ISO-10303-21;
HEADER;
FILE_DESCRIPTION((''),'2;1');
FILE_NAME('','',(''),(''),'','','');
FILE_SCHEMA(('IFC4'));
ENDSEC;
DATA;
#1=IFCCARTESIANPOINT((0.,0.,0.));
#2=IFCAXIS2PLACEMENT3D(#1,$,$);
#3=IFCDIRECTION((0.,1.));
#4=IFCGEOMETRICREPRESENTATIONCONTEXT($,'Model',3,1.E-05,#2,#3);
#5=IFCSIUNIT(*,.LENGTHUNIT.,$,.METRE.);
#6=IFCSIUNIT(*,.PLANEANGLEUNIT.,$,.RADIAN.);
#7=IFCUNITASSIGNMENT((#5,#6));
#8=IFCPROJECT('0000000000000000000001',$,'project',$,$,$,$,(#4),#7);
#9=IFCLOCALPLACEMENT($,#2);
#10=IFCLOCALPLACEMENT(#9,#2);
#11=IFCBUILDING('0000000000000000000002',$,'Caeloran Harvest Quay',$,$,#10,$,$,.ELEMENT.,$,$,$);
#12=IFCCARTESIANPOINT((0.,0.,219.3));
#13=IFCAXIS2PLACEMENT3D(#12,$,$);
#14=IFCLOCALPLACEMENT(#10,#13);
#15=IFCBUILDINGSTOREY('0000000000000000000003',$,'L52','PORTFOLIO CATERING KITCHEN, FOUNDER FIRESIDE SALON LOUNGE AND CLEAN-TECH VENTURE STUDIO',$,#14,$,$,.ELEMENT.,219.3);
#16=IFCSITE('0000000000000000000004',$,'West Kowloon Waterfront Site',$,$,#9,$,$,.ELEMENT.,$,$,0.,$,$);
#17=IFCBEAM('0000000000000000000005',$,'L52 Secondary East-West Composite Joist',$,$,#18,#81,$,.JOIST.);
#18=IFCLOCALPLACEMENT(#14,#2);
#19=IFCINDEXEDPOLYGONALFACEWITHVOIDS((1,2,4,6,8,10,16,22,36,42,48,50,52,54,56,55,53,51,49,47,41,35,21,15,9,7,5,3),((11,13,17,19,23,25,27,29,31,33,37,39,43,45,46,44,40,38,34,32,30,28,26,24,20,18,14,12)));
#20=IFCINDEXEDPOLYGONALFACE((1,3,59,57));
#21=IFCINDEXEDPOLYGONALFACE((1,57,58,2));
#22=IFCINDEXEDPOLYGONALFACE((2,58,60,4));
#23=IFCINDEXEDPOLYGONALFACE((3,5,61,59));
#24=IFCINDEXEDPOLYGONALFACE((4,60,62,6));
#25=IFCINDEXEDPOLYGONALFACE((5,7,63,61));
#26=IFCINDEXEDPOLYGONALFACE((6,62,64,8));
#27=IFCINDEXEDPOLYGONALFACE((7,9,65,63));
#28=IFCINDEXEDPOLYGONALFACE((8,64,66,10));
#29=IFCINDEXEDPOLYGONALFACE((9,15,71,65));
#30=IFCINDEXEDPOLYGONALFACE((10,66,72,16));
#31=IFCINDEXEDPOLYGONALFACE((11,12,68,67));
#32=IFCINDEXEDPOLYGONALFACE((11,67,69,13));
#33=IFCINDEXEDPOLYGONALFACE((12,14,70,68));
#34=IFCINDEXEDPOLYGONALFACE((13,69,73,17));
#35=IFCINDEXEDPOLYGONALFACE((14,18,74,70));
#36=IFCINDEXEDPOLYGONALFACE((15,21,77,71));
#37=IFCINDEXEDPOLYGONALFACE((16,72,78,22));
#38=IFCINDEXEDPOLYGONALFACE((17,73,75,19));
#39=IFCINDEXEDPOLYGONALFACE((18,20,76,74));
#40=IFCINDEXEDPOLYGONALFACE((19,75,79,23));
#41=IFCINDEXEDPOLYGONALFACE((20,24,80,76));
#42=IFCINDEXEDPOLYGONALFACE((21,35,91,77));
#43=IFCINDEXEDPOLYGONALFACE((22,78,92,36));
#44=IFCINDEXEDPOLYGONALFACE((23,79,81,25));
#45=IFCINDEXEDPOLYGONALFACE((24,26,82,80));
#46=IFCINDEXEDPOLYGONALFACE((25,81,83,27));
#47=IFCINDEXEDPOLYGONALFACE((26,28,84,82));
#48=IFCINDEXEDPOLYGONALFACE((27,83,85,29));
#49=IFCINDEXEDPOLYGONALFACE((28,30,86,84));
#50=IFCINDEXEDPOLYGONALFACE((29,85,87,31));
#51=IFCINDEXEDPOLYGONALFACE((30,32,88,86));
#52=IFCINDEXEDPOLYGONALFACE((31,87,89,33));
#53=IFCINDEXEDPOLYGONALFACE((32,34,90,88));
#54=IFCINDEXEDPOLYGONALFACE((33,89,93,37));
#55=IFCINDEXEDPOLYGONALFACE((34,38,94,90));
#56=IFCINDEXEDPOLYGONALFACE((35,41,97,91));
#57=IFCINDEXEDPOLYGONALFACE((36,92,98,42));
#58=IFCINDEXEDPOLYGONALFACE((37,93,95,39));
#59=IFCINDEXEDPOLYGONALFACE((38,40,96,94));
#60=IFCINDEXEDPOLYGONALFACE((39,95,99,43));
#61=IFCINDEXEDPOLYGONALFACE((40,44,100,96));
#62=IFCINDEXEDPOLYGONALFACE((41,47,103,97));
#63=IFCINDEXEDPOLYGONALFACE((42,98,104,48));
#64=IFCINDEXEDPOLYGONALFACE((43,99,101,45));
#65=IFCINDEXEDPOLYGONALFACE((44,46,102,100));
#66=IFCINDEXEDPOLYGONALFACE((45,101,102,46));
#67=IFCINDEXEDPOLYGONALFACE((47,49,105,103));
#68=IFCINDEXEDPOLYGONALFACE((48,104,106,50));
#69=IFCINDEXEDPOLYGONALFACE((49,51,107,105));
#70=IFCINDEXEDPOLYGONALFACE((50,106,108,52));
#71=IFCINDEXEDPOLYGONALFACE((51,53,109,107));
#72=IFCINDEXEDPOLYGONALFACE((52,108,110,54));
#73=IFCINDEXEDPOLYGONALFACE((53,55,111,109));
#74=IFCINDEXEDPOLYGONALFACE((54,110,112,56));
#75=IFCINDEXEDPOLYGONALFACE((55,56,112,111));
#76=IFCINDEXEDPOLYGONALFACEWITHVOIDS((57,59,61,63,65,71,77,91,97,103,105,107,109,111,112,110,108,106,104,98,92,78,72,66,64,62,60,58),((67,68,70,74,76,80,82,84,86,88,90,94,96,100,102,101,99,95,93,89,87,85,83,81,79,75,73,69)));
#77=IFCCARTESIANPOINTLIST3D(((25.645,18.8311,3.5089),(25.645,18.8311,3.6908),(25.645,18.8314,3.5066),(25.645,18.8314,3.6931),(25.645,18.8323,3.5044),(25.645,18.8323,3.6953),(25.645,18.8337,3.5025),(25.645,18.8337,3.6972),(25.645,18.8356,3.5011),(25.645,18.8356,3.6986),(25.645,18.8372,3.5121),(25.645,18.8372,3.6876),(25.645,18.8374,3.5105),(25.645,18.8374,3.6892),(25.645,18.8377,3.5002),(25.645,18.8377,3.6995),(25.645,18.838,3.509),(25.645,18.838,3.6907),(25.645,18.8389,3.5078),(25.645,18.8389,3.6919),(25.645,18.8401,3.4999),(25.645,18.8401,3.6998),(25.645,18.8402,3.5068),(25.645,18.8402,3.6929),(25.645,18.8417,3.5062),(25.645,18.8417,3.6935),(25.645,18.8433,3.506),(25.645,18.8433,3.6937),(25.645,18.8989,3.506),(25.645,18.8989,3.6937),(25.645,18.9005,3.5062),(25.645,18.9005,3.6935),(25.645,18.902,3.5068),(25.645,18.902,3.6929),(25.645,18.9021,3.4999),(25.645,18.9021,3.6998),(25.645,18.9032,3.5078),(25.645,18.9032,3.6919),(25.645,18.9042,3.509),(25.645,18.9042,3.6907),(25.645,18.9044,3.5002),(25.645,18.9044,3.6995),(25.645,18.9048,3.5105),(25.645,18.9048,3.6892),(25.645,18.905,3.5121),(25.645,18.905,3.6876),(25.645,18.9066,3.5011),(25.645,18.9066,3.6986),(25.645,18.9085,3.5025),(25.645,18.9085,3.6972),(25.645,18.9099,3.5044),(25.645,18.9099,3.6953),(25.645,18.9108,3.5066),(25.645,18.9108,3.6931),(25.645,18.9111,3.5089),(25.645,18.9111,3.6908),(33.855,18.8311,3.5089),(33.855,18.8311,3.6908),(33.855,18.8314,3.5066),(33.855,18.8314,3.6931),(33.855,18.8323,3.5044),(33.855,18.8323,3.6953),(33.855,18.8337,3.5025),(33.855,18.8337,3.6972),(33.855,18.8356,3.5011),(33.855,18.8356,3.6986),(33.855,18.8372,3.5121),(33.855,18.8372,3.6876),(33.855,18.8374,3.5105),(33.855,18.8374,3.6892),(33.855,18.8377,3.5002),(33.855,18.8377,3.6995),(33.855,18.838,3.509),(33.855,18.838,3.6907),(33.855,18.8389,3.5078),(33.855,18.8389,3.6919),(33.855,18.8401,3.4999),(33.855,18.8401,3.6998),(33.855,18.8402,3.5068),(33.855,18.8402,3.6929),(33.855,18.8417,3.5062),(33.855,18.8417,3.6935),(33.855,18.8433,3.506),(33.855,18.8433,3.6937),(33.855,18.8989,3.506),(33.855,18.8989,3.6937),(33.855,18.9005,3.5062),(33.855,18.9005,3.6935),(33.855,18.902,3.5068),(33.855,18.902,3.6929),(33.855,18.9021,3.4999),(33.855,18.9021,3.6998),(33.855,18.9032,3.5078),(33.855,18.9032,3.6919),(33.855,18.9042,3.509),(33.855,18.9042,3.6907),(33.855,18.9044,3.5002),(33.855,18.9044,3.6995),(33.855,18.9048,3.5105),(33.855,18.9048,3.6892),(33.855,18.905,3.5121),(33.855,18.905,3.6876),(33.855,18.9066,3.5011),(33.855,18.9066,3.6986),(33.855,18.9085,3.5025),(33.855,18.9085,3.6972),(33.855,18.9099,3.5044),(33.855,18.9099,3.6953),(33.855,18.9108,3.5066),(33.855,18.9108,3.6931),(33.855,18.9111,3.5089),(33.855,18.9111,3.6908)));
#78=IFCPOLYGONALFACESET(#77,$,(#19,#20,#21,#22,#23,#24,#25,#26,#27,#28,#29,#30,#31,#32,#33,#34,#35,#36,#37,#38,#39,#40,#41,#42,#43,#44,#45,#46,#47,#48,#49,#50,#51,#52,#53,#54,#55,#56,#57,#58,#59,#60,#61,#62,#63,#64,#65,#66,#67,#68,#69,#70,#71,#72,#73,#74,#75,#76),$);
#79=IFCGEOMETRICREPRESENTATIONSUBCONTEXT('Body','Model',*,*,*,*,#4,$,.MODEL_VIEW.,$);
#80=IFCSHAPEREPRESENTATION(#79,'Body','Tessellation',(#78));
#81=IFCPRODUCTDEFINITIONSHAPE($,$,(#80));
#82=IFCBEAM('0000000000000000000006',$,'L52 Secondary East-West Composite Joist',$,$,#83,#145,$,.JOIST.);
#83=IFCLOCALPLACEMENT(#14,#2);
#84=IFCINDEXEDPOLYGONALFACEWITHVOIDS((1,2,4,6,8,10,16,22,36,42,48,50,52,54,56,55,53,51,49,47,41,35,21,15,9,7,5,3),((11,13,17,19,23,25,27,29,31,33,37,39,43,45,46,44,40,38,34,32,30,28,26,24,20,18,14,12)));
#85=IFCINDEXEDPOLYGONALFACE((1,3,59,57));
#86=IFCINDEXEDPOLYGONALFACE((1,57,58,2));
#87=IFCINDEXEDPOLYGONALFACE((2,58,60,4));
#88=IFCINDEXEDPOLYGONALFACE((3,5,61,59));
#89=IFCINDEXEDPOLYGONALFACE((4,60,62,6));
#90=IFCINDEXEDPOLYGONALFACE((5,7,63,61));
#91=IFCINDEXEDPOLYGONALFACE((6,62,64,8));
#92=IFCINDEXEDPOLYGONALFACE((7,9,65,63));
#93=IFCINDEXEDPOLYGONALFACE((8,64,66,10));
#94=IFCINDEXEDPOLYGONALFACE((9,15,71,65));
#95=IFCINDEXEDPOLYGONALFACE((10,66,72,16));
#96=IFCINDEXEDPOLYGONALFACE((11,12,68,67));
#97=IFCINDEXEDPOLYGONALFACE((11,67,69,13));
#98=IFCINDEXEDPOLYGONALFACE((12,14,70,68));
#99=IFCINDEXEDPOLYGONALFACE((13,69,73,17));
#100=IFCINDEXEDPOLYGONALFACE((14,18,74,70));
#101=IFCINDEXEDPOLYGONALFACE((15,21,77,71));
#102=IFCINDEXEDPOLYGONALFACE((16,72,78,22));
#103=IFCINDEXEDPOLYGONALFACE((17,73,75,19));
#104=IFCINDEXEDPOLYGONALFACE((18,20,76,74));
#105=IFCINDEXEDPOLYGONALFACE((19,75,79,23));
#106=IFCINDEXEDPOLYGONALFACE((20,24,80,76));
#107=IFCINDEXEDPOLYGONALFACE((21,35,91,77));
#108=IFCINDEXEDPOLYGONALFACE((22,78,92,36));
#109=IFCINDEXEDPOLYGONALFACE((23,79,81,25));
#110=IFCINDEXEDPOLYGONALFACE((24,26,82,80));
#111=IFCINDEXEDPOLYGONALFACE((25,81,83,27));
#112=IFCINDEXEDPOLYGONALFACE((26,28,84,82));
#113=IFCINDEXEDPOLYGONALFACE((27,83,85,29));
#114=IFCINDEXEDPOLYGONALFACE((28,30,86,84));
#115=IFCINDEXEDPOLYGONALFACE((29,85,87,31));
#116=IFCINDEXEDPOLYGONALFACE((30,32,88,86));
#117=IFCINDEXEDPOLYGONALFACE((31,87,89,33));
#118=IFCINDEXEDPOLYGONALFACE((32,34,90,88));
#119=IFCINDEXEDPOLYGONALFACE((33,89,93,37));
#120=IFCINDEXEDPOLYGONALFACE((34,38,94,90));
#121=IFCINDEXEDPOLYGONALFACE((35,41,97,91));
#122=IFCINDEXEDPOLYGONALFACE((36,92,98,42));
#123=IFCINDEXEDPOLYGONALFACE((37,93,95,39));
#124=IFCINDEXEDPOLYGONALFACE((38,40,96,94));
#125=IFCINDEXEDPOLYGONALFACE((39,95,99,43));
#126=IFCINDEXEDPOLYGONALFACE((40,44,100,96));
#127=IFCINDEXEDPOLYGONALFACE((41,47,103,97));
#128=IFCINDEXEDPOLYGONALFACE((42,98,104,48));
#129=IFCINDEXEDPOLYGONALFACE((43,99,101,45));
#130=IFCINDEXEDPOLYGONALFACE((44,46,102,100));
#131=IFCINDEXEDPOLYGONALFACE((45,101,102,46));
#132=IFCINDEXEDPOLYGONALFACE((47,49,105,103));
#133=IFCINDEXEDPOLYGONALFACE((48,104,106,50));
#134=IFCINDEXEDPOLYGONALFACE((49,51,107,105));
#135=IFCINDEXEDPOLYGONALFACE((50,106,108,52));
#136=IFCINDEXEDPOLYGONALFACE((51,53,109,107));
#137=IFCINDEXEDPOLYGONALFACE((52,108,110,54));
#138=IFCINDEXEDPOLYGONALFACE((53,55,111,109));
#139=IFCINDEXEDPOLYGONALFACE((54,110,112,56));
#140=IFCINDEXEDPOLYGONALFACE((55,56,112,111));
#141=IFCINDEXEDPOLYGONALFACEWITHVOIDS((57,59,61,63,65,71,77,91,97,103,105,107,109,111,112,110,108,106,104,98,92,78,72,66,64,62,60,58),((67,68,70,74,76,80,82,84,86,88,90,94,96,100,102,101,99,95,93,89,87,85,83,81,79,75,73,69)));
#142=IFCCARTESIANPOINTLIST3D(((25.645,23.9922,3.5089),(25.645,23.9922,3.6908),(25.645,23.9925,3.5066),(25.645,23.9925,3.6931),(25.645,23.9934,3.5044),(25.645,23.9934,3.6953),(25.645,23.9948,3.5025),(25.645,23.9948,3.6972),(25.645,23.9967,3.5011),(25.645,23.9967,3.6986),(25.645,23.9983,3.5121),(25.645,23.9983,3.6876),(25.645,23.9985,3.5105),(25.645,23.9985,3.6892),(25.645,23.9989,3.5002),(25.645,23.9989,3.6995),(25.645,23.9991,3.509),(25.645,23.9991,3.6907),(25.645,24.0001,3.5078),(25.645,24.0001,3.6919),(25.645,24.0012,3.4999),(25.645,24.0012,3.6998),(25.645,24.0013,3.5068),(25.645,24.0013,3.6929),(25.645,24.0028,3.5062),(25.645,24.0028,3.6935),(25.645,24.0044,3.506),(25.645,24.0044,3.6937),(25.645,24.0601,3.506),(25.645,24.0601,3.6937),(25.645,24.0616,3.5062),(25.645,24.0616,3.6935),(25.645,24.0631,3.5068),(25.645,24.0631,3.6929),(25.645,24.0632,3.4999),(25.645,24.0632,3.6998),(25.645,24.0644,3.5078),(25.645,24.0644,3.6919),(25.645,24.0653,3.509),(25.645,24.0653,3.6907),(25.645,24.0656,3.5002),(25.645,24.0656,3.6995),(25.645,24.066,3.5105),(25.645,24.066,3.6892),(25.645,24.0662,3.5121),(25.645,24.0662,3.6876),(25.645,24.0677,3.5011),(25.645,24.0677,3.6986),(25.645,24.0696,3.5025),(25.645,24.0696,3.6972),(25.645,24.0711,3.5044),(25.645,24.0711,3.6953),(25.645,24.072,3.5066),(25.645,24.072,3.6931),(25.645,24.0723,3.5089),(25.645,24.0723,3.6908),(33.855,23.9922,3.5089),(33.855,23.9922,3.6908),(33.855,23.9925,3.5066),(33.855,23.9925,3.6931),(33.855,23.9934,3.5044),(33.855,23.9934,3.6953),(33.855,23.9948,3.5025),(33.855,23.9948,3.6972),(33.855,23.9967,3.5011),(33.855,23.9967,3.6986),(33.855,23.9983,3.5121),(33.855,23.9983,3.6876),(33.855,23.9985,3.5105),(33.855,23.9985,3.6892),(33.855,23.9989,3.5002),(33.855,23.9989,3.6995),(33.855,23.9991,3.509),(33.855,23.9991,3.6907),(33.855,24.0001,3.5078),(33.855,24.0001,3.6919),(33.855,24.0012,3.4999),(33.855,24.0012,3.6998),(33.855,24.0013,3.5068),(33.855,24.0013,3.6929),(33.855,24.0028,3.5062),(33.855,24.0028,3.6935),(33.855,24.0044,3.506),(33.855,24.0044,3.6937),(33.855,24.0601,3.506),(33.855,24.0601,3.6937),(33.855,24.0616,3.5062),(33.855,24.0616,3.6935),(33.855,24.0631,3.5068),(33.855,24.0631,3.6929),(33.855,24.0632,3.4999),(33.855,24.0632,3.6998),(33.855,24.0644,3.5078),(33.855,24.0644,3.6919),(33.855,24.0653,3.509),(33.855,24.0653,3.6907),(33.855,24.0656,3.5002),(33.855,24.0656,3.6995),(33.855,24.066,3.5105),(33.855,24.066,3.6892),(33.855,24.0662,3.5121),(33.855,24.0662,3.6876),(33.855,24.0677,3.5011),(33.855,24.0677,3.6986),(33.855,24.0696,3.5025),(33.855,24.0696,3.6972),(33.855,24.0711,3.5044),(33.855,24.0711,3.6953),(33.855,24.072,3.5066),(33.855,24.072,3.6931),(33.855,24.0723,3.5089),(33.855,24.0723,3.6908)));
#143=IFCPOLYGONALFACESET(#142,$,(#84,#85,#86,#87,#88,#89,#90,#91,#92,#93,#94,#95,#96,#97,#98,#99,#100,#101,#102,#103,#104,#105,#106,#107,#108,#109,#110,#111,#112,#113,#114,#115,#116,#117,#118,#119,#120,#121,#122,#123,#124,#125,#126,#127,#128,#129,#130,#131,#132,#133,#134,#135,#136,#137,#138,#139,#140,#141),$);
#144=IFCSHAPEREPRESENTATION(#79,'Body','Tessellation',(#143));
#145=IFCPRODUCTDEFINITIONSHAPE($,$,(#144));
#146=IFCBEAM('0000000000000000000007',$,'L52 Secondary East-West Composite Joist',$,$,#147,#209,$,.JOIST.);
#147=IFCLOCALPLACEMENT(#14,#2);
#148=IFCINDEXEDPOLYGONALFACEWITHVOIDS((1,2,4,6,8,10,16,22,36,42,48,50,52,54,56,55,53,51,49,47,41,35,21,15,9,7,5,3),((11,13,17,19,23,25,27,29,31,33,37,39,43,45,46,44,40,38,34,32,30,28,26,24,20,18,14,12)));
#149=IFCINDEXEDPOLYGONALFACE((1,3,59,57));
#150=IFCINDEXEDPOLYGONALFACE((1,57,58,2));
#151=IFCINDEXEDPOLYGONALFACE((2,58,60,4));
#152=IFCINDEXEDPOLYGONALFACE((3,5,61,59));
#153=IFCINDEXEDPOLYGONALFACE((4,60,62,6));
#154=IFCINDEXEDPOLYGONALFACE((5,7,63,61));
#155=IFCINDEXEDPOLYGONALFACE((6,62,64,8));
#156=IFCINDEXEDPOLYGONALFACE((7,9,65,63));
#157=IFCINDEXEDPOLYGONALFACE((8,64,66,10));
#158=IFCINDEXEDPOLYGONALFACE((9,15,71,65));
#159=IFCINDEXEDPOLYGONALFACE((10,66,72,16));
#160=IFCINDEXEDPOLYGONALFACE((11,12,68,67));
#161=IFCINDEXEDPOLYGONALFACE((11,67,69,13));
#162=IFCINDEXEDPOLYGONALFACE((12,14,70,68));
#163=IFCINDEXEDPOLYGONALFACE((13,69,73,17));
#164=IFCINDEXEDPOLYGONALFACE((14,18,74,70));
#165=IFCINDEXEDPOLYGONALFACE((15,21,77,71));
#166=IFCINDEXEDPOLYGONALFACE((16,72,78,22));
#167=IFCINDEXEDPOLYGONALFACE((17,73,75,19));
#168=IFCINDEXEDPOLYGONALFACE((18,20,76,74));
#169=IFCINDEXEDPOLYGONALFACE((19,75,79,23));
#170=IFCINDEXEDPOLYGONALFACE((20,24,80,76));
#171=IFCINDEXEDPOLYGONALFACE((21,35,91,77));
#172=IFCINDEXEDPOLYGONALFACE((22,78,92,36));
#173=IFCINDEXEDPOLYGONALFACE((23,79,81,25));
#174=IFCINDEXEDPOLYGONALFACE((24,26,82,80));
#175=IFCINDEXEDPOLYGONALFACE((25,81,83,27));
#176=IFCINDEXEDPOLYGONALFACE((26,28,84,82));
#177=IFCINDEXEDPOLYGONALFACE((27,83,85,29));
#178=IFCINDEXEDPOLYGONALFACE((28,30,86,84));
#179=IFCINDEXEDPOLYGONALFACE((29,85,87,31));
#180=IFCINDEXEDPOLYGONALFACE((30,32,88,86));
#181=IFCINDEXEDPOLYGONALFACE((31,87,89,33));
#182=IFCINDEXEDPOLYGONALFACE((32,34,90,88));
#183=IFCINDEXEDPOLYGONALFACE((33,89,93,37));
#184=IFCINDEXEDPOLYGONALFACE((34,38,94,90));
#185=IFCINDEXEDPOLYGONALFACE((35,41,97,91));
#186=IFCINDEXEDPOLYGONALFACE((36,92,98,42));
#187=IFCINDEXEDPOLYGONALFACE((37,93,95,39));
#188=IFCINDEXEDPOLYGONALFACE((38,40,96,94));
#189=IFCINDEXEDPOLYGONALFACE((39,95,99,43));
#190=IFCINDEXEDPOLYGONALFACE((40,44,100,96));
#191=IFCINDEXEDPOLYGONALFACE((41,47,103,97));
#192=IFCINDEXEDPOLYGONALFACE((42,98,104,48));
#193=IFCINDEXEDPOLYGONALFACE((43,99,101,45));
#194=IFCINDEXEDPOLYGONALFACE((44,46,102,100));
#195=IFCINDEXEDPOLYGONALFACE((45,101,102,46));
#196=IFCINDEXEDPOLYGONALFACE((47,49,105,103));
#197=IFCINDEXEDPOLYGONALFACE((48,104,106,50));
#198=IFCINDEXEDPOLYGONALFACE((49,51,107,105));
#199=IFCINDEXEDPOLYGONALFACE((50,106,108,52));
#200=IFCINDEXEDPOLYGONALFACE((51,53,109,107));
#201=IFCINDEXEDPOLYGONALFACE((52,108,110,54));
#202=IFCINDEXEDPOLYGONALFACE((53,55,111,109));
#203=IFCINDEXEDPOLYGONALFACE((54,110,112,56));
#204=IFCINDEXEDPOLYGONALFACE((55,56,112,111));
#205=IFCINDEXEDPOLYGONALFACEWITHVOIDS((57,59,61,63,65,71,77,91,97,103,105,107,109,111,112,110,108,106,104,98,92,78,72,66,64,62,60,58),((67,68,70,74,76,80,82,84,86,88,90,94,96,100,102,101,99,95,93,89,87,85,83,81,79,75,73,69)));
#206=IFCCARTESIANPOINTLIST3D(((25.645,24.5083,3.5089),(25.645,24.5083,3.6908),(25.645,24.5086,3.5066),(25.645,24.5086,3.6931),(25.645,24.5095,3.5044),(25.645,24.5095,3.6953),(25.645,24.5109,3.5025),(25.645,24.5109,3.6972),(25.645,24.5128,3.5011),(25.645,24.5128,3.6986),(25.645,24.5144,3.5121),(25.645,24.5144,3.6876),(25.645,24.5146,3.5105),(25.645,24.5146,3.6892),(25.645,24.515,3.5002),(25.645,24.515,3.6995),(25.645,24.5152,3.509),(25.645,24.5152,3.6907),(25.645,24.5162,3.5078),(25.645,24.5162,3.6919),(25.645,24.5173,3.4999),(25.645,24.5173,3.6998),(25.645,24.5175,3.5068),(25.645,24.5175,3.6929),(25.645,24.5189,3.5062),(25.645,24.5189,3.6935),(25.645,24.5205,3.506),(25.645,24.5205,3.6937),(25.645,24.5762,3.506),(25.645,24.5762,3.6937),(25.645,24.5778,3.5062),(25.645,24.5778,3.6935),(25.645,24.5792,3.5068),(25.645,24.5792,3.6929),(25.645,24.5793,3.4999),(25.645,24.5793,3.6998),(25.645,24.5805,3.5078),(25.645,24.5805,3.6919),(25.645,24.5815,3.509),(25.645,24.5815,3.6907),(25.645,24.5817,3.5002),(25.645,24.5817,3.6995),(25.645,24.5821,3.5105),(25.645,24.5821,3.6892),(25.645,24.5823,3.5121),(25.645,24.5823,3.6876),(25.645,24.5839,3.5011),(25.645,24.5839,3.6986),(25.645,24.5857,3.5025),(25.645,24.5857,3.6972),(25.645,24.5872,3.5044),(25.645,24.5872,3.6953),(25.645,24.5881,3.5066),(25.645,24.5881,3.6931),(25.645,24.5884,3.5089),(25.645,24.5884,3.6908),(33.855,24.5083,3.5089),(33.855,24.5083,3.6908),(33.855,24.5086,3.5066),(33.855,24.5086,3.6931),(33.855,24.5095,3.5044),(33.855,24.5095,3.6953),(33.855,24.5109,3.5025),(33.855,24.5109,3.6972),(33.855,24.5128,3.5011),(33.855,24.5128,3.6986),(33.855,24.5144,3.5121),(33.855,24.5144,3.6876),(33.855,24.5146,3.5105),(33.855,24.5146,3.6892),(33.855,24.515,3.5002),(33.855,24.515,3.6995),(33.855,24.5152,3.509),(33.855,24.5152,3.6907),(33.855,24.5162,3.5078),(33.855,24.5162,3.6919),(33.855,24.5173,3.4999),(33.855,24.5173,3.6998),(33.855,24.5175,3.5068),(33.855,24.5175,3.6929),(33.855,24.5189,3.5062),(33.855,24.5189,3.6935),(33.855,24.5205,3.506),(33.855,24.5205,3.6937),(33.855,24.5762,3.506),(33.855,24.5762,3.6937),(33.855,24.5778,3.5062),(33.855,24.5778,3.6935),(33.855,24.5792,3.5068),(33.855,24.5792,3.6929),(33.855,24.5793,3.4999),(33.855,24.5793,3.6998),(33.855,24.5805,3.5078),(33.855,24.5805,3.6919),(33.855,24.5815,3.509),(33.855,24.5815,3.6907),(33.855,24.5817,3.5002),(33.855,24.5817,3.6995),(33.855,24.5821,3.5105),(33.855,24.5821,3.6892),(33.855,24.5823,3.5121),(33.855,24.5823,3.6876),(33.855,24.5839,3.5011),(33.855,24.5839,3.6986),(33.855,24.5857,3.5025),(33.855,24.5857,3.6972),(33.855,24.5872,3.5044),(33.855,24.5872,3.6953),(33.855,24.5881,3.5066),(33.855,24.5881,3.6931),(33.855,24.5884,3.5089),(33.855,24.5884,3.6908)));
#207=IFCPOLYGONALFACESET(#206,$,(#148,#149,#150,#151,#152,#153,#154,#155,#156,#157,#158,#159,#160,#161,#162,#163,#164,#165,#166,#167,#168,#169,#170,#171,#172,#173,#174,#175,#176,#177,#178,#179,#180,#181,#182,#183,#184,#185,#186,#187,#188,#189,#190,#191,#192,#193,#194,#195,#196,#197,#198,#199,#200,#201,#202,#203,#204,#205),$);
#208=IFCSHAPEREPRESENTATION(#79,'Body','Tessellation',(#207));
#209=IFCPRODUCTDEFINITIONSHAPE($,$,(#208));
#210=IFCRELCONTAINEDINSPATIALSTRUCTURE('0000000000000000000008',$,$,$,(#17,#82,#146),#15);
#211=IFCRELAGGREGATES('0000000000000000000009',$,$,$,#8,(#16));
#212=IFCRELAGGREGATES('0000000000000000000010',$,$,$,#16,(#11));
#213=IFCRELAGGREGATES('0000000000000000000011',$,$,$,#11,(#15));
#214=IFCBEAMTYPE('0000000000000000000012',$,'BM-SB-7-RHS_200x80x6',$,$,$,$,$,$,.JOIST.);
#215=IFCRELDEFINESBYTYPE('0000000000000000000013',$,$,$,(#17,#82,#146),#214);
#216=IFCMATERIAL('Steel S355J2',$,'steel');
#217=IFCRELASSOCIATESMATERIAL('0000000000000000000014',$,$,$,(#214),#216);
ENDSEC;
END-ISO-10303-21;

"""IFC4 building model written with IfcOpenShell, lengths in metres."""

from ifc_helpers import new_model, si_unit, direction, frame, origin, origin_2d, place, context, subcontext, project, spatial, hollow_rectangle, extrude, material, material_profile, profile_set, type_object, element, save


model = new_model("IFC4")

# Units and contexts
model_context = context("Model", 3, precision=1e-05, world=origin(), true_north=direction((0.0, 1.0)))
body_context = subcontext(model_context, "Body", "Model", "MODEL_VIEW")
ifc_project = project(units=[si_unit("LENGTHUNIT", "METRE"), si_unit("PLANEANGLEUNIT", "RADIAN")], contexts=[model_context])

# Site, building, storey
site_placement = place(None, origin())
site = spatial("IfcSite", under=ifc_project, at=site_placement, Name="West Kowloon Waterfront Site", CompositionType="ELEMENT", RefElevation=0.0)
building_placement = place(site_placement, origin())
building = spatial("IfcBuilding", under=site, at=building_placement, Name="Caeloran Harvest Quay", CompositionType="ELEMENT")
storey_placement = place(building_placement, frame((0.0, 0.0, 219.3)))
storey = spatial("IfcBuildingStorey", under=building, at=storey_placement, Name="L52", Description="PORTFOLIO CATERING KITCHEN, FOUNDER FIRESIDE SALON LOUNGE AND CLEAN-TECH VENTURE STUDIO", CompositionType="ELEMENT", Elevation=219.3)

# Beams
ifc_material_1 = material(Name="Steel S355J2", Category="steel")
ifc_material_profile_1 = material_profile(ifc_material_1, hollow_rectangle(XDim=0.0801, YDim=0.2, WallThickness=0.0061, InnerFilletRadius=0.0061, OuterFilletRadius=0.009, at=origin_2d()), Name="RHS 200x80x6")
ifc_profile_set_1 = profile_set([ifc_material_profile_1], Name="Steel S355J2")
beam_type_1 = type_object("IfcBeamType", Name="BM-SB-7-RHS_200x80x6", PredefinedType="JOIST", material=ifc_profile_set_1)
for number, where, z_axis, x_axis, name in (
    (1, (25.645, 18.8711, 3.5999), (1.0, 0.0, 0.0), (0.0, 1.0, 0.0), "L52 Secondary East-West Composite Joist"),
    (2, (25.645, 24.0322, 3.5999), (1.0, 0.0, 0.0), (0.0, 1.0, 0.0), "L52 Secondary East-West Composite Joist"),
    (3, (25.645, 24.5483, 3.5999), (1.0, 0.0, 0.0), (0.0, 1.0, 0.0), "L52 Secondary East-West Composite Joist"),
):
    element("IfcBeam", number, at=place(storey_placement, frame(where, z_axis=z_axis, x_axis=x_axis)), inside=storey, type_object=beam_type_1, Name=name, PredefinedType="JOIST", context=body_context, shape_type="SweptSolid", body=[
        extrude(hollow_rectangle(XDim=0.0801, YDim=0.2, WallThickness=0.0061, InnerFilletRadius=0.0061, OuterFilletRadius=0.009, at=origin_2d()), origin(), (0.0, 0.0, 1.0), 8.21),
    ])

save(model, "model.ifc")
